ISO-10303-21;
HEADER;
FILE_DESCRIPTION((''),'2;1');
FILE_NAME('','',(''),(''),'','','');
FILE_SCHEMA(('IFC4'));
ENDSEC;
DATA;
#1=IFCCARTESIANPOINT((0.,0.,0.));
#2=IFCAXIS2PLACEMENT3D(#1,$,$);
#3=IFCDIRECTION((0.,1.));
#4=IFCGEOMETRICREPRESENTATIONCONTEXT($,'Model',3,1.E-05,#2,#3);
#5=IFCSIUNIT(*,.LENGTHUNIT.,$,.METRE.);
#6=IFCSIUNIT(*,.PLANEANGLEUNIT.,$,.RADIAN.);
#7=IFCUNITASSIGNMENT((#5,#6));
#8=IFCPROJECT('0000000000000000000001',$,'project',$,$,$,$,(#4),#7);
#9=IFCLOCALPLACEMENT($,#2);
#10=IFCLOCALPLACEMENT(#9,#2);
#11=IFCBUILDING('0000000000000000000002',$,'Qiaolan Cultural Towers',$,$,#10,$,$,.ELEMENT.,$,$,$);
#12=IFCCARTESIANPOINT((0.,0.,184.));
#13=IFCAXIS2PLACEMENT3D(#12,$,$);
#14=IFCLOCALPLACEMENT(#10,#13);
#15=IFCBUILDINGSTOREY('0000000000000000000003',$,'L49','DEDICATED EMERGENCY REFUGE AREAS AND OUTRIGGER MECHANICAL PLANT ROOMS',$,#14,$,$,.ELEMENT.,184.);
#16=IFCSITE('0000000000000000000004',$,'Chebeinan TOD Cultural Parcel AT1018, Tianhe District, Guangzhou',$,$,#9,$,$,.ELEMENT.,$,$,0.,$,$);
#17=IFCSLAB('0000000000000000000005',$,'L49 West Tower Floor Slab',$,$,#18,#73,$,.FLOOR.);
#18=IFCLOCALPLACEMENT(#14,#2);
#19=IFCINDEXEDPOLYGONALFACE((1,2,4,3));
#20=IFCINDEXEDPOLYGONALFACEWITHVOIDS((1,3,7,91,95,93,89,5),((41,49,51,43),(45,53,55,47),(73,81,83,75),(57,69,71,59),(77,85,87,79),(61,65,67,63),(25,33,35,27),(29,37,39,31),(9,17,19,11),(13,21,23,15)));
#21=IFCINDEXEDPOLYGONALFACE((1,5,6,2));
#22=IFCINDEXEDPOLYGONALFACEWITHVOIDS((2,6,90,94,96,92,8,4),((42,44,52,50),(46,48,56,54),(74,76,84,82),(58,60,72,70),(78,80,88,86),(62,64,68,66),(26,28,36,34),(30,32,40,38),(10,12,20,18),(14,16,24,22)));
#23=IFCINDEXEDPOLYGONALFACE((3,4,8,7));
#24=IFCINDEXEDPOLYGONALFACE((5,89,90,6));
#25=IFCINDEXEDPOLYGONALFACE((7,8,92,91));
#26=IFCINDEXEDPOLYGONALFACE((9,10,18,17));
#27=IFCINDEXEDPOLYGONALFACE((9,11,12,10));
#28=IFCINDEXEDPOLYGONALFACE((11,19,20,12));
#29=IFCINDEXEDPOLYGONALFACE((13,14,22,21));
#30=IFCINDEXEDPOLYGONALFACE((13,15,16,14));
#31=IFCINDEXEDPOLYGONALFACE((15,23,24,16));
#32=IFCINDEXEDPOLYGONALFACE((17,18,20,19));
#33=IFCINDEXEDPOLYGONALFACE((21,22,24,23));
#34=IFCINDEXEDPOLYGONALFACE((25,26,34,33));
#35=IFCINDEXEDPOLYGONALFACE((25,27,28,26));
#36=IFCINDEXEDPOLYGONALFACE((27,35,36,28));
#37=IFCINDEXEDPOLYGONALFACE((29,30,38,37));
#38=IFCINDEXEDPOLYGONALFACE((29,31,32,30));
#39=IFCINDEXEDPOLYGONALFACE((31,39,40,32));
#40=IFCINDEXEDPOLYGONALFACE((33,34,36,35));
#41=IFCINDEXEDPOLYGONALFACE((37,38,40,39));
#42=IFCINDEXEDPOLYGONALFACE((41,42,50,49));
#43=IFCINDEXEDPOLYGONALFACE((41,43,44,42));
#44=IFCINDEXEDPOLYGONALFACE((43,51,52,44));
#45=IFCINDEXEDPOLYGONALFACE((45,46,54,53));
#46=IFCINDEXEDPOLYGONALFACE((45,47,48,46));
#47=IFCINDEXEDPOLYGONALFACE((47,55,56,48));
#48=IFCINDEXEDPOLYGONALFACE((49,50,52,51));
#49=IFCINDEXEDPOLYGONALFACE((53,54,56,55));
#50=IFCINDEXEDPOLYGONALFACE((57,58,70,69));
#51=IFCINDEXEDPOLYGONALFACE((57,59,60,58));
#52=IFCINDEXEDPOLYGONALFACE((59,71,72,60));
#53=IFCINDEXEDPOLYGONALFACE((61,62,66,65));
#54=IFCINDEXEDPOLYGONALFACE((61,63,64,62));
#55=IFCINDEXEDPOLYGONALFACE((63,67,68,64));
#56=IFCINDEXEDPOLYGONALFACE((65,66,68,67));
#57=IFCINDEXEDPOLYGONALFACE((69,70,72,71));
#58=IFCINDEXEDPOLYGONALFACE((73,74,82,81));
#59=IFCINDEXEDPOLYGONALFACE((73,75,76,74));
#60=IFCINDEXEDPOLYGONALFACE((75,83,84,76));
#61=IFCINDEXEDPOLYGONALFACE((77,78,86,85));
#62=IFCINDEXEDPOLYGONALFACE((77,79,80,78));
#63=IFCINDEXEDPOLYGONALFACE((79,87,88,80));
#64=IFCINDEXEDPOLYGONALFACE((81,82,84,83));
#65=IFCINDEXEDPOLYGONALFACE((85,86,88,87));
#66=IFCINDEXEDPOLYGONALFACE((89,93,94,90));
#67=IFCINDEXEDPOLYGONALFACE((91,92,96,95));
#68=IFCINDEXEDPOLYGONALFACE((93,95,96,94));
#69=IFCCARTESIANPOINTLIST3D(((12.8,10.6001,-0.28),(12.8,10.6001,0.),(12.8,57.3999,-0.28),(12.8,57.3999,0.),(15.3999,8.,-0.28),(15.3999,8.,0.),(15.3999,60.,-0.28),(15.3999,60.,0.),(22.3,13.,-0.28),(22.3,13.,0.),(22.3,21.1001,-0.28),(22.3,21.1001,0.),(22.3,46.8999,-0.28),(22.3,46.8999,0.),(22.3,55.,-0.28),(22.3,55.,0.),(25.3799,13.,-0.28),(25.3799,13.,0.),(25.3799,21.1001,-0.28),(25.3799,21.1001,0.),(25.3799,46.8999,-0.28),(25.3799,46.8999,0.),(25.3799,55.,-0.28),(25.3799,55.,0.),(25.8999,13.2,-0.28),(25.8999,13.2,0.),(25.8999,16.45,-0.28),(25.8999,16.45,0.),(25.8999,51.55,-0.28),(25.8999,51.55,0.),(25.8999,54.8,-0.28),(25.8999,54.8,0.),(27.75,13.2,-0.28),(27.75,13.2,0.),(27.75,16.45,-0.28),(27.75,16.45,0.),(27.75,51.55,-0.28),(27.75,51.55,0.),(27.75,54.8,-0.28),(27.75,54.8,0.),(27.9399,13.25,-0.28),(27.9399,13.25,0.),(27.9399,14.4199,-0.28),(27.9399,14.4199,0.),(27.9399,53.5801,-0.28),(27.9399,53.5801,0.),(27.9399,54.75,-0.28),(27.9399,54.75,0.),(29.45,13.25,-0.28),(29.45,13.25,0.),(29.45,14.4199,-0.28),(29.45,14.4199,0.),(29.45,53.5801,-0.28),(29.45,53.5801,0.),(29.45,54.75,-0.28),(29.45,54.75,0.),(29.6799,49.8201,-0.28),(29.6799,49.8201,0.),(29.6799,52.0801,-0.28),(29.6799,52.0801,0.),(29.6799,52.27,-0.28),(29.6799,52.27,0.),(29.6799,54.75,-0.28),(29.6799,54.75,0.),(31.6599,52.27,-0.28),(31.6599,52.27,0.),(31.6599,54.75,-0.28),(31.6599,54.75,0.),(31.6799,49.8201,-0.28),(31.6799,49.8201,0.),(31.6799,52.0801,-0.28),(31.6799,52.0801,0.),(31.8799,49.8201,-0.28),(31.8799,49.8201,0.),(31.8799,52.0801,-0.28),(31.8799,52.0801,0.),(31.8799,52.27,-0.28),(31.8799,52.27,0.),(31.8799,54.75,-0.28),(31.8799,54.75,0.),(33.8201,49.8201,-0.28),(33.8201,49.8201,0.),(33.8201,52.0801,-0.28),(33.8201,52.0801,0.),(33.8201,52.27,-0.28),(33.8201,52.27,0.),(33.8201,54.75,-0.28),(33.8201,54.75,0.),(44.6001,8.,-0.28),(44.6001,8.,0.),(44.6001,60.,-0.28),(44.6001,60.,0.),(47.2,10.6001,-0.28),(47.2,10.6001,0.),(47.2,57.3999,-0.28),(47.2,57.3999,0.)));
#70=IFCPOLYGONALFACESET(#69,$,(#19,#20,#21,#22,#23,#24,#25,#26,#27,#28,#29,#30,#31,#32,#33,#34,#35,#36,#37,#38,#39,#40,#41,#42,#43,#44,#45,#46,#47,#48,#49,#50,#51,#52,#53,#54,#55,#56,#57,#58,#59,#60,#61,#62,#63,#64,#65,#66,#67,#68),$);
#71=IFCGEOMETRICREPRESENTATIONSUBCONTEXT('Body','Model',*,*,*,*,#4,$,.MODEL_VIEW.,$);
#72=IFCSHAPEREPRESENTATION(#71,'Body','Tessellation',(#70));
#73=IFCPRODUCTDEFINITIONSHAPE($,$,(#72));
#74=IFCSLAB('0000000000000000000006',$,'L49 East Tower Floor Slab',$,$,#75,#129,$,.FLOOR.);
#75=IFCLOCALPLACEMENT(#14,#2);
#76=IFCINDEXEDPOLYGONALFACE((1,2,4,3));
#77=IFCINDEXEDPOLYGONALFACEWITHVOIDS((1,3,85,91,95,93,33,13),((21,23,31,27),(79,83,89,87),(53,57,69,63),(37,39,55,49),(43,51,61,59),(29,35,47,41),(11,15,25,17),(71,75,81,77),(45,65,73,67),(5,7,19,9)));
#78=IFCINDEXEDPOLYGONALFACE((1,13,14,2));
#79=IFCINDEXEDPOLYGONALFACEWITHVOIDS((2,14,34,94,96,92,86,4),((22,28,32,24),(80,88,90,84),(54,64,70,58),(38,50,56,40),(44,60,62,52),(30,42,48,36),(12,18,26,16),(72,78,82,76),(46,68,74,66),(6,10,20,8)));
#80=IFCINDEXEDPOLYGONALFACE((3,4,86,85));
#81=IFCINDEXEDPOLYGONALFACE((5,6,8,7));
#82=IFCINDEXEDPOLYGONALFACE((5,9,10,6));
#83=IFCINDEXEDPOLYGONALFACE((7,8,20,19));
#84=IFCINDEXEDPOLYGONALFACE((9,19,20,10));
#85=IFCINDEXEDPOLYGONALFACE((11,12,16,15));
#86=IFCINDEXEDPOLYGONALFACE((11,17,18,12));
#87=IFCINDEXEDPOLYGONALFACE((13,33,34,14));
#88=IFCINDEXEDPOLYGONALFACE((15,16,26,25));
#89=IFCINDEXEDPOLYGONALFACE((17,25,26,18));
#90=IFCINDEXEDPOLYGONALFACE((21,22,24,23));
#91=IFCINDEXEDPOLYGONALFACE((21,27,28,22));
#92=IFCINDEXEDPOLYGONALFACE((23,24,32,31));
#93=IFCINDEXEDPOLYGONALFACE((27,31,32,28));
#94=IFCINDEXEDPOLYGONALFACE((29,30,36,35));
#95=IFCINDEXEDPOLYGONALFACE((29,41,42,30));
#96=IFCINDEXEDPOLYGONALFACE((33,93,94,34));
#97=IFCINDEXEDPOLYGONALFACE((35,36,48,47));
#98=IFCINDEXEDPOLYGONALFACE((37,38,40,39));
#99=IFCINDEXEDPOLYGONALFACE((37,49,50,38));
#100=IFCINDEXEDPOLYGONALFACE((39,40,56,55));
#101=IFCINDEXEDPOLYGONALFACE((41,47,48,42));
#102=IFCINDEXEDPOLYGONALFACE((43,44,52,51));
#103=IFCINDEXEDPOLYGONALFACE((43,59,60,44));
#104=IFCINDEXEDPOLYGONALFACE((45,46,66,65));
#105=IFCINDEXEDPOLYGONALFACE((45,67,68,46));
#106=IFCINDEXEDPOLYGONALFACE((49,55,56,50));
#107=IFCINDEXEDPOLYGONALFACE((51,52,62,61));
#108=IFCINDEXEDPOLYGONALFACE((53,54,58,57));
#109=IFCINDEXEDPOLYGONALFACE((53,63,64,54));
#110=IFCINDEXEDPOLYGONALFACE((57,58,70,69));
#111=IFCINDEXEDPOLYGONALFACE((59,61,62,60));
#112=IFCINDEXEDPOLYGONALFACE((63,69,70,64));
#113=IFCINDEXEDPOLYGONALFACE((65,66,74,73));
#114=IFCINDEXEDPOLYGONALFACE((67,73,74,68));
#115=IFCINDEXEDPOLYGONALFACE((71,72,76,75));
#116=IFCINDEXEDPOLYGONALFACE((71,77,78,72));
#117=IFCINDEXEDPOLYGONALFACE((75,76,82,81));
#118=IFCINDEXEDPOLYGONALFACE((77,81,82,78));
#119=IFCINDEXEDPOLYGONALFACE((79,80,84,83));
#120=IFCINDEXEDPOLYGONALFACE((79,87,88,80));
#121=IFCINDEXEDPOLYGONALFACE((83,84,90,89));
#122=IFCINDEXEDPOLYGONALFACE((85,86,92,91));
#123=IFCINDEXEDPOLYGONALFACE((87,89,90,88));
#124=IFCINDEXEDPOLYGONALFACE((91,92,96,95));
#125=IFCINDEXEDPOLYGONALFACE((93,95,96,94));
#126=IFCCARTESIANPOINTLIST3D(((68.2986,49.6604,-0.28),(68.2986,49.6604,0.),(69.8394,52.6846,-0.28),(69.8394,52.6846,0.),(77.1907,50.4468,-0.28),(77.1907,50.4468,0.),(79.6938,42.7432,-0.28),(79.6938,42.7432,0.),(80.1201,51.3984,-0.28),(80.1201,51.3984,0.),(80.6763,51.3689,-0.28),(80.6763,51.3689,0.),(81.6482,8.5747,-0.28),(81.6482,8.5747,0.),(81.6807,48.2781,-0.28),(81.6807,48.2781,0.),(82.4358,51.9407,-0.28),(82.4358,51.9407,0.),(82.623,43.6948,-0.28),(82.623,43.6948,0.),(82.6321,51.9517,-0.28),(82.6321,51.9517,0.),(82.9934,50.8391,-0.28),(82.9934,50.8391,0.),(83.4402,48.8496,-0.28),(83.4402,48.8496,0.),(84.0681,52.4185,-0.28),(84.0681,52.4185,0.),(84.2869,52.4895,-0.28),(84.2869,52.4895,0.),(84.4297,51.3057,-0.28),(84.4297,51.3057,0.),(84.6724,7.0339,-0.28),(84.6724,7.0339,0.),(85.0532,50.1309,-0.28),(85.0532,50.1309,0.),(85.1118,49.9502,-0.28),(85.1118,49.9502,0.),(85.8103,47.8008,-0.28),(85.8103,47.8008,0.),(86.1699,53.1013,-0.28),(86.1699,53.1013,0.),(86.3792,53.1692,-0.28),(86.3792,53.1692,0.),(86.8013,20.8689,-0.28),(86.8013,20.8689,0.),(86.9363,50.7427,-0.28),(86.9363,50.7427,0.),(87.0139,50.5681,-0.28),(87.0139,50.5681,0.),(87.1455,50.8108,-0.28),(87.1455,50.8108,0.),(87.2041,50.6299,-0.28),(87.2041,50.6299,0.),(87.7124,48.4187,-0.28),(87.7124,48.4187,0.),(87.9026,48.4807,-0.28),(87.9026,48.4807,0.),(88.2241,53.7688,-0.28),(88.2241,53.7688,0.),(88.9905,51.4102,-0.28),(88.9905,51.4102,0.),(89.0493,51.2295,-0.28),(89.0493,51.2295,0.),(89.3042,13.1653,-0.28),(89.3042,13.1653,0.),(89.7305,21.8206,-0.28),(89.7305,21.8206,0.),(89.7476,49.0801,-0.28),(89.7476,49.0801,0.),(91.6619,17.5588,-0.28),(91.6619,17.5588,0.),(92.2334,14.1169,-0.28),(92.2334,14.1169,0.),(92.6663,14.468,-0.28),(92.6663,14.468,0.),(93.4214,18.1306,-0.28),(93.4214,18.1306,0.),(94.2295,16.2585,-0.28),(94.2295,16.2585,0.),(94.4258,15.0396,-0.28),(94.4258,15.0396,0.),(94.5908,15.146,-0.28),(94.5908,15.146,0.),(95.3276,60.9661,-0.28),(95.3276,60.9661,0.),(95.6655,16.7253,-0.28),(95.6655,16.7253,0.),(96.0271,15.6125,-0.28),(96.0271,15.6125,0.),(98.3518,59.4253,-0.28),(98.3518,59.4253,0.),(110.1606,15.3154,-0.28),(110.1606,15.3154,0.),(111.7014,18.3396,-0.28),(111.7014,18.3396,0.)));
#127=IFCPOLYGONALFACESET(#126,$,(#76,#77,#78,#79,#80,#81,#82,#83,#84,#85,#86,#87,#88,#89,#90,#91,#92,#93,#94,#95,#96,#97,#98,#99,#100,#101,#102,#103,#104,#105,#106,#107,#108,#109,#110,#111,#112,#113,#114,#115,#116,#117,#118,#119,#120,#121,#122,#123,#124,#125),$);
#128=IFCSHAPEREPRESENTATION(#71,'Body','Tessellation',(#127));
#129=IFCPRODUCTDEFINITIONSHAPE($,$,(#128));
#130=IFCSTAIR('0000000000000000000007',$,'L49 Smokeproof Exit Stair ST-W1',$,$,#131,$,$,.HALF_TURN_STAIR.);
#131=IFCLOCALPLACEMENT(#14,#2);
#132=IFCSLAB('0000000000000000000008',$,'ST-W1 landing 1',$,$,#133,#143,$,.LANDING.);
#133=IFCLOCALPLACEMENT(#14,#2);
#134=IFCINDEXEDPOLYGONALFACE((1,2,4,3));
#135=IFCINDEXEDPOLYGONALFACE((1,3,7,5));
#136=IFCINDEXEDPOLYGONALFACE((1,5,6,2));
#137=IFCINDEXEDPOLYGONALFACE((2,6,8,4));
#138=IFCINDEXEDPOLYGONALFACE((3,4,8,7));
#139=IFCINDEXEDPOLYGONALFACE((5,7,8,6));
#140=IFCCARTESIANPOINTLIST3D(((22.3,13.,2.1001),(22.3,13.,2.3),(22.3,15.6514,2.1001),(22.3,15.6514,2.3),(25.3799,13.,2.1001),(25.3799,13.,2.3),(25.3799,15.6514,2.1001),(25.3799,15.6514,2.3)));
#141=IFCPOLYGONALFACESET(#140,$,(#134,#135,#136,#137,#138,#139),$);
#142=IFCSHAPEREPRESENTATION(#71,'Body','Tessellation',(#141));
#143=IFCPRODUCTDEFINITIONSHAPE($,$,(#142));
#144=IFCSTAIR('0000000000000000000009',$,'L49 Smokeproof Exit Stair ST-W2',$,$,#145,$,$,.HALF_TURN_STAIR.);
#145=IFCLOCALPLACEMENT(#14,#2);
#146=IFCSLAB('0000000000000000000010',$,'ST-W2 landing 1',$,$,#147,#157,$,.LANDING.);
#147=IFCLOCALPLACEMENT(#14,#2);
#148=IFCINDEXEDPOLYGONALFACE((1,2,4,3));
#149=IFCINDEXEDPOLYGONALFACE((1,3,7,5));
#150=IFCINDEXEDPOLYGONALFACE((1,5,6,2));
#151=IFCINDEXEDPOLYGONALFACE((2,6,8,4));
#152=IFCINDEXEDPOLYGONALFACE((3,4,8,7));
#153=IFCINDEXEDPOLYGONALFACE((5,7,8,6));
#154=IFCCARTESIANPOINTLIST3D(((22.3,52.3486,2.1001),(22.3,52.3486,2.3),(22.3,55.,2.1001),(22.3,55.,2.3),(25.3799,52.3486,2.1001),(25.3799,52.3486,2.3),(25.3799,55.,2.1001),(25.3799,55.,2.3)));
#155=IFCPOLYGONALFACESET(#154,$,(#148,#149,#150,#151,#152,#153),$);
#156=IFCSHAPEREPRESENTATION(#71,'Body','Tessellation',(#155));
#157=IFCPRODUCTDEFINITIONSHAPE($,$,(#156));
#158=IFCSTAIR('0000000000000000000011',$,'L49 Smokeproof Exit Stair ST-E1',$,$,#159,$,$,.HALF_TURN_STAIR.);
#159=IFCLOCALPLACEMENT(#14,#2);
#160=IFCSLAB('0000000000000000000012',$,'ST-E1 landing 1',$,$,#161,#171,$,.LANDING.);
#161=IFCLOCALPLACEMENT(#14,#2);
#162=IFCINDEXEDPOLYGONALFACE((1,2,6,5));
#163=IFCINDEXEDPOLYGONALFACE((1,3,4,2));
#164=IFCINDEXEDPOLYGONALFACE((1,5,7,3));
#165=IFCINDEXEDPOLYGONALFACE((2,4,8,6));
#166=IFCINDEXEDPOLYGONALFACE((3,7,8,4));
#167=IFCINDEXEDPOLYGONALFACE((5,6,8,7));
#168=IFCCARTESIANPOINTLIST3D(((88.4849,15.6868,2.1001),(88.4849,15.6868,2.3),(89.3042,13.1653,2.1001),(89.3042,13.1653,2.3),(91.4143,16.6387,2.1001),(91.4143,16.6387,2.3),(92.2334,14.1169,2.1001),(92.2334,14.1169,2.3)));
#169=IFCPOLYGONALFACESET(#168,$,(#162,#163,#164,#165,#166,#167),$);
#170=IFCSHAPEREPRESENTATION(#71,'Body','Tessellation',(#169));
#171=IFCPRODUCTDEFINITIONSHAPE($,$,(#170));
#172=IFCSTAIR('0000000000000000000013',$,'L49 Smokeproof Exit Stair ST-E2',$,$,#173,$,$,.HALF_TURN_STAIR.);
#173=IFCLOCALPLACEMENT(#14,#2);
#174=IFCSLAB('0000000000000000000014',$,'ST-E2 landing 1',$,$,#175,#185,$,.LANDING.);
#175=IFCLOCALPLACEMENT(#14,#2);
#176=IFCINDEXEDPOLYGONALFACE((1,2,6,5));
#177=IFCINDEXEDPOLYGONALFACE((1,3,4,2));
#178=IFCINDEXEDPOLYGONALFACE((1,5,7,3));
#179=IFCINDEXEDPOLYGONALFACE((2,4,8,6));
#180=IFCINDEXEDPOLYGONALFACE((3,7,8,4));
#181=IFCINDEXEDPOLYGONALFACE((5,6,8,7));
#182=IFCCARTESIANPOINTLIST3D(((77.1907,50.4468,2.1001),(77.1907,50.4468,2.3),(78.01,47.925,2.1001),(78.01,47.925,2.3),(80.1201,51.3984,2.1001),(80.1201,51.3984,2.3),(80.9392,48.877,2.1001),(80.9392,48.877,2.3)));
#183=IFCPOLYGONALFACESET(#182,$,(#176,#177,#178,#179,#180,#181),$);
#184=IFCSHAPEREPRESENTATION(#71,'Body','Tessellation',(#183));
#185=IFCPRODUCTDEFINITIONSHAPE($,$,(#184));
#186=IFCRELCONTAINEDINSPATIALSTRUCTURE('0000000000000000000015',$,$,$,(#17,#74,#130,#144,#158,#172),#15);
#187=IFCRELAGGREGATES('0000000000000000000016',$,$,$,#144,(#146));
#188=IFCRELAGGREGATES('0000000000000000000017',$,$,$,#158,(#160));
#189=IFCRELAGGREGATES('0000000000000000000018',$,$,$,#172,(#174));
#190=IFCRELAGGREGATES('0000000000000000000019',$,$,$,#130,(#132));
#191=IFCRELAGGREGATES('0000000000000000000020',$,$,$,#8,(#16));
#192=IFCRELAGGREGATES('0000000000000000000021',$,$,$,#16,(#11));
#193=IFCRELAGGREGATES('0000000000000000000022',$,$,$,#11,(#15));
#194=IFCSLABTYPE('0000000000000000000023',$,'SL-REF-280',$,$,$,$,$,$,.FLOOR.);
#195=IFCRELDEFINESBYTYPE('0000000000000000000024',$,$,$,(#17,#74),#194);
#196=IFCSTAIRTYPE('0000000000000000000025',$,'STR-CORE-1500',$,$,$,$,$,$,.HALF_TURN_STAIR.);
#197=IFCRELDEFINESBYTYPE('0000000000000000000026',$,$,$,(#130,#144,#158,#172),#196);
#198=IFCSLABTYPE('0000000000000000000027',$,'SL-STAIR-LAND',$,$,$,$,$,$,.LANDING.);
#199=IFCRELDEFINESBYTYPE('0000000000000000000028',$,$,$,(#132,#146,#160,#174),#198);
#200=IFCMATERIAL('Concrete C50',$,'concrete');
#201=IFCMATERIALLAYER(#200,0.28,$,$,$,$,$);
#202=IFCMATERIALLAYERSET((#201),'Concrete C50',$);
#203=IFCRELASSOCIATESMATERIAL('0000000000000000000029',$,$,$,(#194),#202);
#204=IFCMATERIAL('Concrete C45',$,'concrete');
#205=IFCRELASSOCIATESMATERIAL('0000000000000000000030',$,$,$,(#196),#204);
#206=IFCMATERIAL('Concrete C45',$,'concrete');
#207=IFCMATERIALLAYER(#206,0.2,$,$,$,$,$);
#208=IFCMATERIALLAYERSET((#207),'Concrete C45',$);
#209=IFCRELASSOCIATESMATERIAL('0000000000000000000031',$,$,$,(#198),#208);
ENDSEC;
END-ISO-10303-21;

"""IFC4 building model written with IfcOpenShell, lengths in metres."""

from ifc_helpers import new_model, si_unit, direction, frame, origin, place, context, subcontext, project, spatial, polyline, outline, extrude, material, layer, layer_set, type_object, element, aggregate, save


model = new_model("IFC4")

# Units and contexts
model_context = context("Model", 3, precision=1e-05, world=origin(), true_north=direction((0.0, 1.0)))
body_context = subcontext(model_context, "Body", "Model", "MODEL_VIEW")
ifc_project = project(units=[si_unit("LENGTHUNIT", "METRE"), si_unit("PLANEANGLEUNIT", "RADIAN")], contexts=[model_context])

# Site, building, storey
site_placement = place(None, origin())
site = spatial("IfcSite", under=ifc_project, at=site_placement, Name="Chebeinan TOD Cultural Parcel AT1018, Tianhe District, Guangzhou", CompositionType="ELEMENT", RefElevation=0.0)
building_placement = place(site_placement, origin())
building = spatial("IfcBuilding", under=site, at=building_placement, Name="Qiaolan Cultural Towers", CompositionType="ELEMENT")
storey_placement = place(building_placement, frame((0.0, 0.0, 184.0)))
storey = spatial("IfcBuildingStorey", under=building, at=storey_placement, Name="L49", Description="DEDICATED EMERGENCY REFUGE AREAS AND OUTRIGGER MECHANICAL PLANT ROOMS", CompositionType="ELEMENT", Elevation=184.0)

# Slabs
ifc_material_1 = material(Name="Concrete C50", Category="concrete")
ifc_layer_1 = layer(ifc_material_1, 0.28)
ifc_layer_set_1 = layer_set([ifc_layer_1], Name="Concrete C50")
slab_type_1 = type_object("IfcSlabType", Name="SL-REF-280", PredefinedType="FLOOR", material=ifc_layer_set_1)
slab_1_placement = place(storey_placement, frame((0.0, 0.0, -0.28)))
element("IfcSlab", 1, at=slab_1_placement, inside=storey, type_object=slab_type_1, Name="L49 West Tower Floor Slab", PredefinedType="FLOOR", context=body_context, shape_type="SweptSolid", body=[
    extrude(outline(polyline([(15.3999, 8.0), (44.6001, 8.0), (47.2, 10.6001), (47.2, 57.3999), (44.6001, 60.0), (15.3999, 60.0), (12.8, 57.3999), (12.8, 10.6001), (15.3999, 8.0)]), holes=[polyline([(22.3, 21.1001), (22.3, 13.0), (25.3799, 13.0), (25.3799, 21.1001), (22.3, 21.1001)]), polyline([(25.3799, 46.8999), (25.3799, 55.0), (22.3, 55.0), (22.3, 46.8999), (25.3799, 46.8999)]), polyline([(25.8999, 13.2), (27.75, 13.2), (27.75, 16.45), (25.8999, 16.45), (25.8999, 13.2)]), polyline([(27.9399, 13.25), (29.45, 13.25), (29.45, 14.4199), (27.9399, 14.4199), (27.9399, 13.25)]), polyline([(25.8999, 51.55), (27.75, 51.55), (27.75, 54.8), (25.8999, 54.8), (25.8999, 51.55)]), polyline([(27.9399, 53.5801), (29.45, 53.5801), (29.45, 54.75), (27.9399, 54.75), (27.9399, 53.5801)]), polyline([(29.6799, 49.8201), (31.6799, 49.8201), (31.6799, 52.0801), (29.6799, 52.0801), (29.6799, 49.8201)]), polyline([(31.8799, 49.8201), (33.8201, 49.8201), (33.8201, 52.0801), (31.8799, 52.0801), (31.8799, 49.8201)]), polyline([(29.6799, 52.27), (31.6599, 52.27), (31.6599, 54.75), (29.6799, 54.75), (29.6799, 52.27)]), polyline([(31.8799, 52.27), (33.8201, 52.27), (33.8201, 54.75), (31.8799, 54.75), (31.8799, 52.27)])]), origin(), (0.0, 0.0, 1.0), 0.28),
])
slab_2_placement = place(storey_placement, frame((0.0, 0.0, -0.28)))
element("IfcSlab", 2, at=slab_2_placement, inside=storey, type_object=slab_type_1, Name="L49 East Tower Floor Slab", PredefinedType="FLOOR", context=body_context, shape_type="SweptSolid", body=[
    extrude(outline(polyline([(84.6724, 7.0339), (110.1606, 15.3154), (111.7014, 18.3396), (98.3518, 59.4253), (95.3276, 60.9661), (69.8394, 52.6846), (68.2986, 49.6604), (81.6482, 8.5747), (84.6724, 7.0339)]), holes=[polyline([(86.8013, 20.8689), (89.3042, 13.1653), (92.2334, 14.1169), (89.7305, 21.8206), (86.8013, 20.8689)]), polyline([(82.623, 43.6948), (80.1201, 51.3984), (77.1907, 50.4468), (79.6938, 42.7432), (82.623, 43.6948)]), polyline([(92.6663, 14.468), (94.4258, 15.0396), (93.4214, 18.1306), (91.6619, 17.5588), (92.6663, 14.468)]), polyline([(94.5908, 15.146), (96.0271, 15.6125), (95.6655, 16.7253), (94.2295, 16.2585), (94.5908, 15.146)]), polyline([(81.6807, 48.2781), (83.4402, 48.8496), (82.4358, 51.9407), (80.6763, 51.3689), (81.6807, 48.2781)]), polyline([(82.9934, 50.8391), (84.4297, 51.3057), (84.0681, 52.4185), (82.6321, 51.9517), (82.9934, 50.8391)]), polyline([(85.8103, 47.8008), (87.7124, 48.4187), (87.0139, 50.5681), (85.1118, 49.9502), (85.8103, 47.8008)]), polyline([(87.9026, 48.4807), (89.7476, 49.0801), (89.0493, 51.2295), (87.2041, 50.6299), (87.9026, 48.4807)]), polyline([(85.0532, 50.1309), (86.9363, 50.7427), (86.1699, 53.1013), (84.2869, 52.4895), (85.0532, 50.1309)]), polyline([(87.1455, 50.8108), (88.9905, 51.4102), (88.2241, 53.7688), (86.3792, 53.1692), (87.1455, 50.8108)])]), origin(), (0.0, 0.0, 1.0), 0.28),
])

# Stairs, slabs
ifc_material_2 = material(Name="Concrete C45", Category="concrete")
stair_type = type_object("IfcStairType", Name="STR-CORE-1500", PredefinedType="HALF_TURN_STAIR", material=ifc_material_2)
stair_1_placement = place(storey_placement, origin())
stair_1 = element("IfcStair", 3, at=stair_1_placement, inside=storey, type_object=stair_type, Name="L49 Smokeproof Exit Stair ST-W1", PredefinedType="HALF_TURN_STAIR")
ifc_material_3 = material(Name="Concrete C45", Category="concrete")
ifc_layer_2 = layer(ifc_material_3, 0.2)
ifc_layer_set_2 = layer_set([ifc_layer_2], Name="Concrete C45")
slab_type_2 = type_object("IfcSlabType", Name="SL-STAIR-LAND", PredefinedType="LANDING", material=ifc_layer_set_2)
slab_3_placement = place(storey_placement, frame((0.0, 0.0, 2.1001)))
slab_3 = element("IfcSlab", 4, at=slab_3_placement, type_object=slab_type_2, Name="ST-W1 landing 1", PredefinedType="LANDING", context=body_context, shape_type="SweptSolid", body=[
    extrude(outline(polyline([(22.3, 15.6514), (22.3, 13.0), (25.3799, 13.0), (25.3799, 15.6514), (22.3, 15.6514)])), origin(), (0.0, 0.0, 1.0), 0.2),
])
stair_2_placement = place(storey_placement, origin())
stair_2 = element("IfcStair", 5, at=stair_2_placement, inside=storey, type_object=stair_type, Name="L49 Smokeproof Exit Stair ST-W2", PredefinedType="HALF_TURN_STAIR")
slab_4_placement = place(storey_placement, frame((0.0, 0.0, 2.1001)))
slab_4 = element("IfcSlab", 6, at=slab_4_placement, type_object=slab_type_2, Name="ST-W2 landing 1", PredefinedType="LANDING", context=body_context, shape_type="SweptSolid", body=[
    extrude(outline(polyline([(25.3799, 52.3486), (25.3799, 55.0), (22.3, 55.0), (22.3, 52.3486), (25.3799, 52.3486)])), origin(), (0.0, 0.0, 1.0), 0.2),
])
aggregate(stair_2, [slab_4])
stair_3_placement = place(storey_placement, origin())
stair_3 = element("IfcStair", 7, at=stair_3_placement, inside=storey, type_object=stair_type, Name="L49 Smokeproof Exit Stair ST-E1", PredefinedType="HALF_TURN_STAIR")
slab_5_placement = place(storey_placement, frame((0.0, 0.0, 2.1001)))
slab_5 = element("IfcSlab", 8, at=slab_5_placement, type_object=slab_type_2, Name="ST-E1 landing 1", PredefinedType="LANDING", context=body_context, shape_type="SweptSolid", body=[
    extrude(outline(polyline([(88.4849, 15.6868), (89.3042, 13.1653), (92.2334, 14.1169), (91.4143, 16.6387), (88.4849, 15.6868)])), origin(), (0.0, 0.0, 1.0), 0.2),
])
aggregate(stair_3, [slab_5])
stair_4_placement = place(storey_placement, origin())
stair_4 = element("IfcStair", 9, at=stair_4_placement, inside=storey, type_object=stair_type, Name="L49 Smokeproof Exit Stair ST-E2", PredefinedType="HALF_TURN_STAIR")
slab_6_placement = place(storey_placement, frame((0.0, 0.0, 2.1001)))
slab_6 = element("IfcSlab", 10, at=slab_6_placement, type_object=slab_type_2, Name="ST-E2 landing 1", PredefinedType="LANDING", context=body_context, shape_type="SweptSolid", body=[
    extrude(outline(polyline([(80.9392, 48.877), (80.1201, 51.3984), (77.1907, 50.4468), (78.01, 47.925), (80.9392, 48.877)])), origin(), (0.0, 0.0, 1.0), 0.2),
])
aggregate(stair_4, [slab_6])

aggregate(stair_1, [slab_3])

save(model, "model.ifc")
